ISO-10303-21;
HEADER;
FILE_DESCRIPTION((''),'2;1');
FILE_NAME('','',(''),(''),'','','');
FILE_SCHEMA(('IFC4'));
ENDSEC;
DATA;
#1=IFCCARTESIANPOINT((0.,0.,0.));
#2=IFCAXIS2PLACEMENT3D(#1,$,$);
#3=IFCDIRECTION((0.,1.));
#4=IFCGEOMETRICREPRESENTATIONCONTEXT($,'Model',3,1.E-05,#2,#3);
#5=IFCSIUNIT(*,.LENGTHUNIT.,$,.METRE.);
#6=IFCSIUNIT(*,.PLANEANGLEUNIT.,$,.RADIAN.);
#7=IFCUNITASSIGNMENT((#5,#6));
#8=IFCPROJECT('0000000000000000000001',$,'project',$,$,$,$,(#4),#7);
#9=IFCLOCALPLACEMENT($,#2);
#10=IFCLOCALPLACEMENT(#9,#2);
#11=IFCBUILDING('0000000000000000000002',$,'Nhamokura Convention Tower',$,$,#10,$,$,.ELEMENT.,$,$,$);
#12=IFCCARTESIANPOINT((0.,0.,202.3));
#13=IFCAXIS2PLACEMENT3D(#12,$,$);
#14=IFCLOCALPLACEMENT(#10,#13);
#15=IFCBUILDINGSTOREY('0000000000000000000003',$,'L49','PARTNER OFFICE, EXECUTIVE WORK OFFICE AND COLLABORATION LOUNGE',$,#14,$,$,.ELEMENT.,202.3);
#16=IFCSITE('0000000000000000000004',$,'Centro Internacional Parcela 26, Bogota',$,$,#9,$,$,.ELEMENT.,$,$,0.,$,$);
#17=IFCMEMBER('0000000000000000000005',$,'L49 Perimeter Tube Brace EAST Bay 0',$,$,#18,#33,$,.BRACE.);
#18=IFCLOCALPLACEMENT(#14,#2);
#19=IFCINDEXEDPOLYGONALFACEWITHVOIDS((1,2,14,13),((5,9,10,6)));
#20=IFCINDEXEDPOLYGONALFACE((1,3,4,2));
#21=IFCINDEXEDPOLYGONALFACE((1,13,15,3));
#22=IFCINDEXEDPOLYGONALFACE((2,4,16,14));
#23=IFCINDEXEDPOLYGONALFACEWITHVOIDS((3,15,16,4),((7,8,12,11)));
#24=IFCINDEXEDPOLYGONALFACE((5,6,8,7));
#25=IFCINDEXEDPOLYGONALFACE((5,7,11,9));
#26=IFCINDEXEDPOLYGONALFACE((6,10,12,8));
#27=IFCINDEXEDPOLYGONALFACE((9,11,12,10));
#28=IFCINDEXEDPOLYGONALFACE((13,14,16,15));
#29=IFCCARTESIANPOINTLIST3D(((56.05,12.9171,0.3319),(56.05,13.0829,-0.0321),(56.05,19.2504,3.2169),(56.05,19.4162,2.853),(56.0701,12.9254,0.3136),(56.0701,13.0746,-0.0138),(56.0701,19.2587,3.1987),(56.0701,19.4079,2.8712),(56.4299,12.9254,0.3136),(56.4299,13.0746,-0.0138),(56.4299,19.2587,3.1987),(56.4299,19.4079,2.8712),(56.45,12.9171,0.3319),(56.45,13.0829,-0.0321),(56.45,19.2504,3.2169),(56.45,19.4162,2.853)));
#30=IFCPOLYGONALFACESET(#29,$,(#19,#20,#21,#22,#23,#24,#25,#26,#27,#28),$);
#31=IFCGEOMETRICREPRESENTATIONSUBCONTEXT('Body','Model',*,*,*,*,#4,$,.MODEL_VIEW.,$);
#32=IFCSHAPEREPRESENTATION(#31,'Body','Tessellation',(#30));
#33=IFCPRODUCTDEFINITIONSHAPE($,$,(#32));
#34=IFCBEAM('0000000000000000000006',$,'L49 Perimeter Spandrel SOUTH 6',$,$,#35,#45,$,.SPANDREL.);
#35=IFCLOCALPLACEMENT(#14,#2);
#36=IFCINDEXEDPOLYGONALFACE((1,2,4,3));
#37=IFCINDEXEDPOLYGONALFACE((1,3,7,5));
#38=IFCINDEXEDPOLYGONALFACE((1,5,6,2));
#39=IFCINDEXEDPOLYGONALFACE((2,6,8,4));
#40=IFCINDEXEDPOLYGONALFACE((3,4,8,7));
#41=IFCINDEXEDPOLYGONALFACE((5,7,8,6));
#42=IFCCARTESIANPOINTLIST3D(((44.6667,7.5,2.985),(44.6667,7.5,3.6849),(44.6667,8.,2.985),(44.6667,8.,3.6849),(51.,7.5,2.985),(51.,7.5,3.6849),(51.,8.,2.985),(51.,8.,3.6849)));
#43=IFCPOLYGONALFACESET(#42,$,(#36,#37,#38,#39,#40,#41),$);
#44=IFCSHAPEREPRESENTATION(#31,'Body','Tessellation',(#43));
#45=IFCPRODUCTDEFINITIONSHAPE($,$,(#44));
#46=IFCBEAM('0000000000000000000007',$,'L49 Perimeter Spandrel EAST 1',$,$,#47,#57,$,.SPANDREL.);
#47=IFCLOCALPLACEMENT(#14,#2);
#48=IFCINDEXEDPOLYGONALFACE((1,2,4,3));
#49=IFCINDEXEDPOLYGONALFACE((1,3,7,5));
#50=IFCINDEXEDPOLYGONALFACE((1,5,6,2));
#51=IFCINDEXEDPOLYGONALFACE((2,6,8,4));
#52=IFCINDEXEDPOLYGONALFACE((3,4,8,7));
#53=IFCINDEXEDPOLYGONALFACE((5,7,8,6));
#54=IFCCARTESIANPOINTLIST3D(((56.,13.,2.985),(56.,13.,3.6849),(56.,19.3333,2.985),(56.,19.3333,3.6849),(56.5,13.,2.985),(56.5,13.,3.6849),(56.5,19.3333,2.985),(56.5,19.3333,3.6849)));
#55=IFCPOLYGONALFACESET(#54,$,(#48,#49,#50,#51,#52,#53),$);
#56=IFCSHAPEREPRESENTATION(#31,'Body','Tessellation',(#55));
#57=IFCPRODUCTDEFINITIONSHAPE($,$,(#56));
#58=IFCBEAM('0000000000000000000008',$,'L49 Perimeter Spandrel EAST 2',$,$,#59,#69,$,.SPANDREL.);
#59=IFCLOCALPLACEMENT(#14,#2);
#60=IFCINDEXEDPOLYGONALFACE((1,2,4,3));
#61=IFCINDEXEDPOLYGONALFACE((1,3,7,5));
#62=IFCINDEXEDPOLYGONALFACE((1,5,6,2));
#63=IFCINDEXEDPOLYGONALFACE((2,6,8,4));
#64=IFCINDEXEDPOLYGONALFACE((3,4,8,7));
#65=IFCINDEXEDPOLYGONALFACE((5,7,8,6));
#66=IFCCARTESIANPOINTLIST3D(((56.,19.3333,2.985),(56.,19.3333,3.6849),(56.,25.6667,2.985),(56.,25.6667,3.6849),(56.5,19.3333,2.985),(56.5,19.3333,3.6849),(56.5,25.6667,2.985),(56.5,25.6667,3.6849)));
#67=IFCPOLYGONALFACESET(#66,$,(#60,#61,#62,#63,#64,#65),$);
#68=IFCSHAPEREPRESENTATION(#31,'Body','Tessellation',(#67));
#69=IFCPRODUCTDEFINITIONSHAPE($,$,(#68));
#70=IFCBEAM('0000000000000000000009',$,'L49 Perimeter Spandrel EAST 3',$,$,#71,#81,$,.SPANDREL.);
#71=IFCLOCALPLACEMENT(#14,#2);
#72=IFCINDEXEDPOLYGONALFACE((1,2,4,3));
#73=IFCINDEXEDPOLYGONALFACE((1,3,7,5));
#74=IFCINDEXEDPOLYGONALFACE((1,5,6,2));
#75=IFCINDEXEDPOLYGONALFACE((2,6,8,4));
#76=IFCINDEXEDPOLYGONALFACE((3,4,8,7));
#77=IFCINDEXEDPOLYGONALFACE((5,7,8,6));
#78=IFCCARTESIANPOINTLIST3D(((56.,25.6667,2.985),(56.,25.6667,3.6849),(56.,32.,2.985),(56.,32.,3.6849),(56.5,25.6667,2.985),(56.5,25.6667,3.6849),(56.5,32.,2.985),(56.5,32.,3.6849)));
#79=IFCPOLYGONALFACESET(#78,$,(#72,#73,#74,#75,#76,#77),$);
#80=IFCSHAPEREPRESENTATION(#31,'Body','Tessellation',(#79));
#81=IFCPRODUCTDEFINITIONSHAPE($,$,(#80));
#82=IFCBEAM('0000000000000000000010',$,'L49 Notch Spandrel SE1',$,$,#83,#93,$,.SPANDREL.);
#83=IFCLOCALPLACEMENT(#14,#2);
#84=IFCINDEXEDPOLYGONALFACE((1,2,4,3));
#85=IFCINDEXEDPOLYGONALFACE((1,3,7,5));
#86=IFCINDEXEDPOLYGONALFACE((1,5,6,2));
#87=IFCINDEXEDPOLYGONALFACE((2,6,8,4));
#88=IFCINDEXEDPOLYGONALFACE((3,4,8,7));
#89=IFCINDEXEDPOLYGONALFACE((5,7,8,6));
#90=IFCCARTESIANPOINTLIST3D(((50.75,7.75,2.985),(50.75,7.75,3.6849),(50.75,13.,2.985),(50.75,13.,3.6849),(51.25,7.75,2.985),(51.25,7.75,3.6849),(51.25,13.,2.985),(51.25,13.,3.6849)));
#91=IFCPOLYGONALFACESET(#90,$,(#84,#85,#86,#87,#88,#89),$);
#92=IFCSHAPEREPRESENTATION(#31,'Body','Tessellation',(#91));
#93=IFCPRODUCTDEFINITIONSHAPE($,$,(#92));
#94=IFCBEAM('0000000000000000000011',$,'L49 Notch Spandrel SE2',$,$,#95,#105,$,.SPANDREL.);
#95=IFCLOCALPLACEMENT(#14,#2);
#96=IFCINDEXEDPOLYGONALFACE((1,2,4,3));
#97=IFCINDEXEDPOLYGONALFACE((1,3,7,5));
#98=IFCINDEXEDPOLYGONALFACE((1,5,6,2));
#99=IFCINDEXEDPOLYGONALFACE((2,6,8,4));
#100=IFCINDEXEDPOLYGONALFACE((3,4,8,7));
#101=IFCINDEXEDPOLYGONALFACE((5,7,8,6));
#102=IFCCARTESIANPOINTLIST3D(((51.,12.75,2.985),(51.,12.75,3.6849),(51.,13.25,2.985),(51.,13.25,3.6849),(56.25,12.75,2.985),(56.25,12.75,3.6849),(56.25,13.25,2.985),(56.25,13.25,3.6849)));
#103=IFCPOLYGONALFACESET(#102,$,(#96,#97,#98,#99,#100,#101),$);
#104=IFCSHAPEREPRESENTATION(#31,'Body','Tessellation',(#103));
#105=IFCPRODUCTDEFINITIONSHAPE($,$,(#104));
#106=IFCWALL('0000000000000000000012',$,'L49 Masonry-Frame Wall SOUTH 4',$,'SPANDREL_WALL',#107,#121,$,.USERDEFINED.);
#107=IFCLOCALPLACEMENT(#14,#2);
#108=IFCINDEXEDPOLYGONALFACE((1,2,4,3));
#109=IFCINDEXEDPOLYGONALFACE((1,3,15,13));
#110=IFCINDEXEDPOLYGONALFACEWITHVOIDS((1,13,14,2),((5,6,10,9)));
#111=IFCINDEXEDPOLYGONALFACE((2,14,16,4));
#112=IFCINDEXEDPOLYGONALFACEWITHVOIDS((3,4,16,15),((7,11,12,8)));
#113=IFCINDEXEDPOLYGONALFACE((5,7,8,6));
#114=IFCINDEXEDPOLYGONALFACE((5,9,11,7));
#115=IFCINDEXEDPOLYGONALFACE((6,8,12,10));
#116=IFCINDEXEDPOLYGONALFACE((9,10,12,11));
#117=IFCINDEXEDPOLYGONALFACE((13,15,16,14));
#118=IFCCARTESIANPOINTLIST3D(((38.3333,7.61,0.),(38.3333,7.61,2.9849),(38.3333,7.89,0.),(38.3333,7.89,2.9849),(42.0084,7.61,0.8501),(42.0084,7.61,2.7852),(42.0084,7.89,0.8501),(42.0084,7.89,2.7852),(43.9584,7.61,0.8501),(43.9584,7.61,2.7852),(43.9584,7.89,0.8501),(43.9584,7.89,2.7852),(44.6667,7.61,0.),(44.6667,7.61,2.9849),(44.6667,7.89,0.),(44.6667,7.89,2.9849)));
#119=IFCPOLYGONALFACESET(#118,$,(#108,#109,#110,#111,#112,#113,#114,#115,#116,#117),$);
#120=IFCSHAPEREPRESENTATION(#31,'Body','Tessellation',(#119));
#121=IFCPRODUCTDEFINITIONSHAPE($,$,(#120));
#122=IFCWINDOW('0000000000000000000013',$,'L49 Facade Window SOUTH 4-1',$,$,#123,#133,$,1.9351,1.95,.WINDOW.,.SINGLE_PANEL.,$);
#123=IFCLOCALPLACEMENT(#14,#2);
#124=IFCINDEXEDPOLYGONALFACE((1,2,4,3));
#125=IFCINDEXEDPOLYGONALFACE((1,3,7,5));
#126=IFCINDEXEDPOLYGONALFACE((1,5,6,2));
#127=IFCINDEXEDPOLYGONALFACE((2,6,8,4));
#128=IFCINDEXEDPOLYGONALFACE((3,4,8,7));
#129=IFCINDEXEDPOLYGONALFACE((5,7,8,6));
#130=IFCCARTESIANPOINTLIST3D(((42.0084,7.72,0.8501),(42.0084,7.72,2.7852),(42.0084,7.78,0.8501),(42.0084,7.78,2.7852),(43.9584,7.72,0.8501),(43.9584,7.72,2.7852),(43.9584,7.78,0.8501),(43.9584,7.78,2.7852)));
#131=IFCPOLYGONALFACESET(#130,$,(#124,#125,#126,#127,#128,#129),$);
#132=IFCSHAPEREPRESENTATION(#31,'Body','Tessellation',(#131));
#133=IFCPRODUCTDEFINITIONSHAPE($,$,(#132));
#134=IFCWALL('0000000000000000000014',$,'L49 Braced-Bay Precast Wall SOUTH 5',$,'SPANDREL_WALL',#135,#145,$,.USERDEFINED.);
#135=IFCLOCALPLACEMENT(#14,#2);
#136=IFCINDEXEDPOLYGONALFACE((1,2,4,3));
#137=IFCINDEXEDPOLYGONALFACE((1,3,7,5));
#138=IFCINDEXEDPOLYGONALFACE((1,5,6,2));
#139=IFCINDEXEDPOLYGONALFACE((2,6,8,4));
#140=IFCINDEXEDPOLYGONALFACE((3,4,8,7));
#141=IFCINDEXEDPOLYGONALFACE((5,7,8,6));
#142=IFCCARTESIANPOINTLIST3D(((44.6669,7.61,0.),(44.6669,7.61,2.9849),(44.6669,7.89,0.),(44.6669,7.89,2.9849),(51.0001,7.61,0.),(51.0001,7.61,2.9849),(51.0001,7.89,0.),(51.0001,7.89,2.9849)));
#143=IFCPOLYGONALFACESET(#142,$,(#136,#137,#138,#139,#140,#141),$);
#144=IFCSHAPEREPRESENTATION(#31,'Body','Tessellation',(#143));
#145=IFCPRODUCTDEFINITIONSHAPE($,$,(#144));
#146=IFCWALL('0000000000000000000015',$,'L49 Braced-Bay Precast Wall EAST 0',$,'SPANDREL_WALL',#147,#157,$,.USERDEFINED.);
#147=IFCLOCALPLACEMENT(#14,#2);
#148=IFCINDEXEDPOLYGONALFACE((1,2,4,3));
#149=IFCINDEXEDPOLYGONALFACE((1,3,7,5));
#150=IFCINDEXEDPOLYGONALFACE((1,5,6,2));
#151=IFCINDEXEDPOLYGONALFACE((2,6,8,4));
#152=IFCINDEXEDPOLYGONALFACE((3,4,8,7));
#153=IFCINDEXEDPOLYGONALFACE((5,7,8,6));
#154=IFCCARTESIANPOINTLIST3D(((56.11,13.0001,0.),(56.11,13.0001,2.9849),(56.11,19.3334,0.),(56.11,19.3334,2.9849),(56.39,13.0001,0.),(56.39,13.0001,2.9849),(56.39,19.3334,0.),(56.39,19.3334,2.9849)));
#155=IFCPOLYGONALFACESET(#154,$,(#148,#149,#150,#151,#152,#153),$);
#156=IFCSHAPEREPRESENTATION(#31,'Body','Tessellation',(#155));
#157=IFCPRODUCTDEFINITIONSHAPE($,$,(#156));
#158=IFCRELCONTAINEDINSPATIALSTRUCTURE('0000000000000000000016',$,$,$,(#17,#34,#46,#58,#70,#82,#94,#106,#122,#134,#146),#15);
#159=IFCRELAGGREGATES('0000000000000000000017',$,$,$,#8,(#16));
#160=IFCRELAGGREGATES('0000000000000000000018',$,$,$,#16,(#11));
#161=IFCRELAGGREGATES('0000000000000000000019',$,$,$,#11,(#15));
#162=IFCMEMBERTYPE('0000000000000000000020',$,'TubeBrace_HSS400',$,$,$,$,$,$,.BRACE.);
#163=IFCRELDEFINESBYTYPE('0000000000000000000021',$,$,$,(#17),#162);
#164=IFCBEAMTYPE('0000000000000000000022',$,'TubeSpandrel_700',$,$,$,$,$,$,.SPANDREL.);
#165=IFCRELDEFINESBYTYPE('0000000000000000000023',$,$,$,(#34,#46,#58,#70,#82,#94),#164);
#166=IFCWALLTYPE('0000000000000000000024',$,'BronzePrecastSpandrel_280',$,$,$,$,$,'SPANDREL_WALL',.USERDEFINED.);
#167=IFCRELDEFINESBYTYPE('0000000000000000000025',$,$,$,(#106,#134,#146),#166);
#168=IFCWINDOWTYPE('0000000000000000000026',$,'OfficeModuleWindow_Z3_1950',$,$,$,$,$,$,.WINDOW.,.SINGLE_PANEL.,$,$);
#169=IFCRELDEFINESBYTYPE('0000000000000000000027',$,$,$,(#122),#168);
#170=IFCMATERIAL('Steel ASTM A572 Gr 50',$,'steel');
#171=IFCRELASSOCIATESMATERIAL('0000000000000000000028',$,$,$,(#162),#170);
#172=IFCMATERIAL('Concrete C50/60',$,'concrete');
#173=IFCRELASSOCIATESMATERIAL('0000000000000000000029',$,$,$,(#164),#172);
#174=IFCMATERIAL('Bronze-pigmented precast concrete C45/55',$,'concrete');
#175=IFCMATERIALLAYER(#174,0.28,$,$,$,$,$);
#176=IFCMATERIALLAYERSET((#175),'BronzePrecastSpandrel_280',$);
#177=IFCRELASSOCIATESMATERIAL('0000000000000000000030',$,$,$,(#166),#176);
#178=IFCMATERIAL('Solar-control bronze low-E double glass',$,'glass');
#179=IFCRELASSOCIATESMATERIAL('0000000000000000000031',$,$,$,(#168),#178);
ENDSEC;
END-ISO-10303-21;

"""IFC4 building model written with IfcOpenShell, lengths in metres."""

from ifc_helpers import new_model, si_unit, direction, frame, frame_2d, origin, origin_2d, place, context, subcontext, project, spatial, rectangle, hollow_rectangle, extrude, material, layer, layer_set, material_profile, profile_set, type_object, element, fill, save


model = new_model("IFC4")

# Units and contexts
model_context = context("Model", 3, precision=1e-05, world=origin(), true_north=direction((0.0, 1.0)))
body_context = subcontext(model_context, "Body", "Model", "MODEL_VIEW")
ifc_project = project(units=[si_unit("LENGTHUNIT", "METRE"), si_unit("PLANEANGLEUNIT", "RADIAN")], contexts=[model_context])

# Site, building, storey
site_placement = place(None, origin())
site = spatial("IfcSite", under=ifc_project, at=site_placement, Name="Centro Internacional Parcela 26, Bogota", CompositionType="ELEMENT", RefElevation=0.0)
building_placement = place(site_placement, origin())
building = spatial("IfcBuilding", under=site, at=building_placement, Name="Nhamokura Convention Tower", CompositionType="ELEMENT")
storey_placement = place(building_placement, frame((0.0, 0.0, 202.3)))
storey = spatial("IfcBuildingStorey", under=building, at=storey_placement, Name="L49", Description="PARTNER OFFICE, EXECUTIVE WORK OFFICE AND COLLABORATION LOUNGE", CompositionType="ELEMENT", Elevation=202.3)

# Member
ifc_material_1 = material(Name="Steel ASTM A572 Gr 50", Category="steel")
ifc_material_profile_1 = material_profile(ifc_material_1, hollow_rectangle(XDim=0.3999, YDim=0.3999, WallThickness=0.02, at=origin_2d()))
ifc_profile_set_1 = profile_set([ifc_material_profile_1], Name="Steel ASTM A572 Gr 50")
member_type_1 = type_object("IfcMemberType", Name="TubeBrace_HSS400", PredefinedType="BRACE", material=ifc_profile_set_1)
for number, where, z_axis, x_axis, name in (
    (1, (56.25, 13.0, 0.1499), (0.0, 0.910027, 0.414548), (-1.0, 0.0, 0.0), "L49 Perimeter Tube Brace EAST Bay 0"),
):
    element("IfcMember", number, at=place(storey_placement, frame(where, z_axis=z_axis, x_axis=x_axis)), inside=storey, type_object=member_type_1, Name=name, PredefinedType="BRACE", context=body_context, shape_type="SweptSolid", body=[
        extrude(hollow_rectangle(XDim=0.3999, YDim=0.3999, WallThickness=0.02, at=origin_2d()), origin(), (0.0, 0.0, 1.0), 6.9595),
    ])

# Beams
ifc_material_2 = material(Name="Concrete C50/60", Category="concrete")
ifc_material_profile_2 = material_profile(ifc_material_2, rectangle(XDim=0.5, YDim=0.7, at=origin_2d()))
ifc_profile_set_2 = profile_set([ifc_material_profile_2], Name="Concrete C50/60")
beam_type_1 = type_object("IfcBeamType", Name="TubeSpandrel_700", PredefinedType="SPANDREL", material=ifc_profile_set_2)
for number, where, z_axis, x_axis, name in (
    (2, (44.6667, 7.75, 3.335), (1.0, 0.0, 0.0), (0.0, 1.0, 0.0), "L49 Perimeter Spandrel SOUTH 6"),
    (3, (56.25, 13.0, 3.335), (0.0, 1.0, 0.0), (-1.0, 0.0, 0.0), "L49 Perimeter Spandrel EAST 1"),
):
    element("IfcBeam", number, at=place(storey_placement, frame(where, z_axis=z_axis, x_axis=x_axis)), inside=storey, type_object=beam_type_1, Name=name, PredefinedType="SPANDREL", context=body_context, shape_type="SweptSolid", body=[
        extrude(rectangle(XDim=0.5, YDim=0.7, at=origin_2d()), origin(), (0.0, 0.0, 1.0), 6.3333),
    ])
beam_1_placement = place(storey_placement, frame((56.25, 19.3333, 3.335), z_axis=(0.0, 1.0, 0.0), x_axis=(-1.0, 0.0, 0.0)))
element("IfcBeam", 4, at=beam_1_placement, inside=storey, type_object=beam_type_1, Name="L49 Perimeter Spandrel EAST 2", PredefinedType="SPANDREL", context=body_context, shape_type="SweptSolid", body=[
    extrude(rectangle(XDim=0.5, YDim=0.7, at=origin_2d()), origin(), (0.0, 0.0, 1.0), 6.3335),
])
beam_2_placement = place(storey_placement, frame((56.25, 25.6667, 3.335), z_axis=(0.0, 1.0, 0.0), x_axis=(-1.0, 0.0, 0.0)))
element("IfcBeam", 5, at=beam_2_placement, inside=storey, type_object=beam_type_1, Name="L49 Perimeter Spandrel EAST 3", PredefinedType="SPANDREL", context=body_context, shape_type="SweptSolid", body=[
    extrude(rectangle(XDim=0.5, YDim=0.7, at=origin_2d()), origin(), (0.0, 0.0, 1.0), 6.3333),
])
for number, where, z_axis, x_axis, name in (
    (6, (51.0, 7.75, 3.335), (0.0, 1.0, 0.0), (-1.0, 0.0, 0.0), "L49 Notch Spandrel SE1"),
    (7, (51.0, 13.0, 3.335), (1.0, 0.0, 0.0), (0.0, 1.0, 0.0), "L49 Notch Spandrel SE2"),
):
    element("IfcBeam", number, at=place(storey_placement, frame(where, z_axis=z_axis, x_axis=x_axis)), inside=storey, type_object=beam_type_1, Name=name, PredefinedType="SPANDREL", context=body_context, shape_type="SweptSolid", body=[
        extrude(rectangle(XDim=0.5, YDim=0.7, at=origin_2d()), origin(), (0.0, 0.0, 1.0), 5.25),
    ])

# Wall, opening, window
ifc_material_3 = material(Name="Bronze-pigmented precast concrete C45/55", Category="concrete")
ifc_layer_1 = layer(ifc_material_3, 0.28)
ifc_layer_set_1 = layer_set([ifc_layer_1], Name="BronzePrecastSpandrel_280")
wall_type_1 = type_object("IfcWallType", Name="BronzePrecastSpandrel_280", ElementType="SPANDREL_WALL", PredefinedType="USERDEFINED", material=ifc_layer_set_1)
wall_1_placement = place(storey_placement, frame((44.6667, 7.75, 0.0), z_axis=(0.0, 0.0, 1.0), x_axis=(-1.0, 0.0, 0.0)))
wall_1 = element("IfcWall", 8, at=wall_1_placement, inside=storey, type_object=wall_type_1, Name="L49 Masonry-Frame Wall SOUTH 4", ObjectType="SPANDREL_WALL", PredefinedType="USERDEFINED", context=body_context, shape_type="SweptSolid", body=[
    extrude(rectangle(XDim=6.3335, YDim=0.28, at=frame_2d((3.1667, 0.0))), origin(), (0.0, 0.0, 1.0), 2.9849),
])
opening_1_placement = place(wall_1_placement, frame((0.7083, 0.0, 0.8501)))
opening_1 = element("IfcOpeningElement", 9, at=opening_1_placement, cuts=wall_1, PredefinedType="OPENING", context=body_context, shape_type="SweptSolid", body=[
    extrude(rectangle(XDim=1.95, YDim=1.9351, at=frame_2d((0.9751, 0.9675))), frame((0.0, 0.1499, 0.0), z_axis=(0.0, -1.0, 0.0), x_axis=(1.0, 0.0, 0.0)), (0.0, 0.0, 1.0), 0.3),
])
ifc_material_4 = material(Name="Solar-control bronze low-E double glass", Category="glass")
window_type = type_object("IfcWindowType", Name="OfficeModuleWindow_Z3_1950", PartitioningType="SINGLE_PANEL", PredefinedType="WINDOW", material=ifc_material_4)
window_1_placement = place(opening_1_placement, origin())
window_1 = element("IfcWindow", 10, at=window_1_placement, inside=storey, type_object=window_type, Name="L49 Facade Window SOUTH 4-1", OverallHeight=1.9351, OverallWidth=1.95, PartitioningType="SINGLE_PANEL", PredefinedType="WINDOW", context=body_context, shape_type="SweptSolid", body=[
    extrude(rectangle(XDim=1.95, YDim=1.9351, at=frame_2d((0.9751, 0.9675))), frame((0.0, 0.03, 0.0), z_axis=(0.0, -1.0, 0.0), x_axis=(1.0, 0.0, 0.0)), (0.0, 0.0, 1.0), 0.0601),
])
fill(opening_1, window_1)

# Walls
for number, where, z_axis, x_axis, name in (
    (11, (51.0, 7.75, 0.0), (0.0, 0.0, 1.0), (-1.0, 0.0, 0.0), "L49 Braced-Bay Precast Wall SOUTH 5"),
    (12, (56.25, 19.3333, 0.0), (0.0, 0.0, 1.0), (0.0, -1.0, 0.0), "L49 Braced-Bay Precast Wall EAST 0"),
):
    element("IfcWall", number, at=place(storey_placement, frame(where, z_axis=z_axis, x_axis=x_axis)), inside=storey, type_object=wall_type_1, Name=name, ObjectType="SPANDREL_WALL", PredefinedType="USERDEFINED", context=body_context, shape_type="SweptSolid", body=[
        extrude(rectangle(XDim=6.3333, YDim=0.28, at=frame_2d((3.1665, 0.0))), origin(), (0.0, 0.0, 1.0), 2.9849),
    ])

save(model, "model.ifc")
